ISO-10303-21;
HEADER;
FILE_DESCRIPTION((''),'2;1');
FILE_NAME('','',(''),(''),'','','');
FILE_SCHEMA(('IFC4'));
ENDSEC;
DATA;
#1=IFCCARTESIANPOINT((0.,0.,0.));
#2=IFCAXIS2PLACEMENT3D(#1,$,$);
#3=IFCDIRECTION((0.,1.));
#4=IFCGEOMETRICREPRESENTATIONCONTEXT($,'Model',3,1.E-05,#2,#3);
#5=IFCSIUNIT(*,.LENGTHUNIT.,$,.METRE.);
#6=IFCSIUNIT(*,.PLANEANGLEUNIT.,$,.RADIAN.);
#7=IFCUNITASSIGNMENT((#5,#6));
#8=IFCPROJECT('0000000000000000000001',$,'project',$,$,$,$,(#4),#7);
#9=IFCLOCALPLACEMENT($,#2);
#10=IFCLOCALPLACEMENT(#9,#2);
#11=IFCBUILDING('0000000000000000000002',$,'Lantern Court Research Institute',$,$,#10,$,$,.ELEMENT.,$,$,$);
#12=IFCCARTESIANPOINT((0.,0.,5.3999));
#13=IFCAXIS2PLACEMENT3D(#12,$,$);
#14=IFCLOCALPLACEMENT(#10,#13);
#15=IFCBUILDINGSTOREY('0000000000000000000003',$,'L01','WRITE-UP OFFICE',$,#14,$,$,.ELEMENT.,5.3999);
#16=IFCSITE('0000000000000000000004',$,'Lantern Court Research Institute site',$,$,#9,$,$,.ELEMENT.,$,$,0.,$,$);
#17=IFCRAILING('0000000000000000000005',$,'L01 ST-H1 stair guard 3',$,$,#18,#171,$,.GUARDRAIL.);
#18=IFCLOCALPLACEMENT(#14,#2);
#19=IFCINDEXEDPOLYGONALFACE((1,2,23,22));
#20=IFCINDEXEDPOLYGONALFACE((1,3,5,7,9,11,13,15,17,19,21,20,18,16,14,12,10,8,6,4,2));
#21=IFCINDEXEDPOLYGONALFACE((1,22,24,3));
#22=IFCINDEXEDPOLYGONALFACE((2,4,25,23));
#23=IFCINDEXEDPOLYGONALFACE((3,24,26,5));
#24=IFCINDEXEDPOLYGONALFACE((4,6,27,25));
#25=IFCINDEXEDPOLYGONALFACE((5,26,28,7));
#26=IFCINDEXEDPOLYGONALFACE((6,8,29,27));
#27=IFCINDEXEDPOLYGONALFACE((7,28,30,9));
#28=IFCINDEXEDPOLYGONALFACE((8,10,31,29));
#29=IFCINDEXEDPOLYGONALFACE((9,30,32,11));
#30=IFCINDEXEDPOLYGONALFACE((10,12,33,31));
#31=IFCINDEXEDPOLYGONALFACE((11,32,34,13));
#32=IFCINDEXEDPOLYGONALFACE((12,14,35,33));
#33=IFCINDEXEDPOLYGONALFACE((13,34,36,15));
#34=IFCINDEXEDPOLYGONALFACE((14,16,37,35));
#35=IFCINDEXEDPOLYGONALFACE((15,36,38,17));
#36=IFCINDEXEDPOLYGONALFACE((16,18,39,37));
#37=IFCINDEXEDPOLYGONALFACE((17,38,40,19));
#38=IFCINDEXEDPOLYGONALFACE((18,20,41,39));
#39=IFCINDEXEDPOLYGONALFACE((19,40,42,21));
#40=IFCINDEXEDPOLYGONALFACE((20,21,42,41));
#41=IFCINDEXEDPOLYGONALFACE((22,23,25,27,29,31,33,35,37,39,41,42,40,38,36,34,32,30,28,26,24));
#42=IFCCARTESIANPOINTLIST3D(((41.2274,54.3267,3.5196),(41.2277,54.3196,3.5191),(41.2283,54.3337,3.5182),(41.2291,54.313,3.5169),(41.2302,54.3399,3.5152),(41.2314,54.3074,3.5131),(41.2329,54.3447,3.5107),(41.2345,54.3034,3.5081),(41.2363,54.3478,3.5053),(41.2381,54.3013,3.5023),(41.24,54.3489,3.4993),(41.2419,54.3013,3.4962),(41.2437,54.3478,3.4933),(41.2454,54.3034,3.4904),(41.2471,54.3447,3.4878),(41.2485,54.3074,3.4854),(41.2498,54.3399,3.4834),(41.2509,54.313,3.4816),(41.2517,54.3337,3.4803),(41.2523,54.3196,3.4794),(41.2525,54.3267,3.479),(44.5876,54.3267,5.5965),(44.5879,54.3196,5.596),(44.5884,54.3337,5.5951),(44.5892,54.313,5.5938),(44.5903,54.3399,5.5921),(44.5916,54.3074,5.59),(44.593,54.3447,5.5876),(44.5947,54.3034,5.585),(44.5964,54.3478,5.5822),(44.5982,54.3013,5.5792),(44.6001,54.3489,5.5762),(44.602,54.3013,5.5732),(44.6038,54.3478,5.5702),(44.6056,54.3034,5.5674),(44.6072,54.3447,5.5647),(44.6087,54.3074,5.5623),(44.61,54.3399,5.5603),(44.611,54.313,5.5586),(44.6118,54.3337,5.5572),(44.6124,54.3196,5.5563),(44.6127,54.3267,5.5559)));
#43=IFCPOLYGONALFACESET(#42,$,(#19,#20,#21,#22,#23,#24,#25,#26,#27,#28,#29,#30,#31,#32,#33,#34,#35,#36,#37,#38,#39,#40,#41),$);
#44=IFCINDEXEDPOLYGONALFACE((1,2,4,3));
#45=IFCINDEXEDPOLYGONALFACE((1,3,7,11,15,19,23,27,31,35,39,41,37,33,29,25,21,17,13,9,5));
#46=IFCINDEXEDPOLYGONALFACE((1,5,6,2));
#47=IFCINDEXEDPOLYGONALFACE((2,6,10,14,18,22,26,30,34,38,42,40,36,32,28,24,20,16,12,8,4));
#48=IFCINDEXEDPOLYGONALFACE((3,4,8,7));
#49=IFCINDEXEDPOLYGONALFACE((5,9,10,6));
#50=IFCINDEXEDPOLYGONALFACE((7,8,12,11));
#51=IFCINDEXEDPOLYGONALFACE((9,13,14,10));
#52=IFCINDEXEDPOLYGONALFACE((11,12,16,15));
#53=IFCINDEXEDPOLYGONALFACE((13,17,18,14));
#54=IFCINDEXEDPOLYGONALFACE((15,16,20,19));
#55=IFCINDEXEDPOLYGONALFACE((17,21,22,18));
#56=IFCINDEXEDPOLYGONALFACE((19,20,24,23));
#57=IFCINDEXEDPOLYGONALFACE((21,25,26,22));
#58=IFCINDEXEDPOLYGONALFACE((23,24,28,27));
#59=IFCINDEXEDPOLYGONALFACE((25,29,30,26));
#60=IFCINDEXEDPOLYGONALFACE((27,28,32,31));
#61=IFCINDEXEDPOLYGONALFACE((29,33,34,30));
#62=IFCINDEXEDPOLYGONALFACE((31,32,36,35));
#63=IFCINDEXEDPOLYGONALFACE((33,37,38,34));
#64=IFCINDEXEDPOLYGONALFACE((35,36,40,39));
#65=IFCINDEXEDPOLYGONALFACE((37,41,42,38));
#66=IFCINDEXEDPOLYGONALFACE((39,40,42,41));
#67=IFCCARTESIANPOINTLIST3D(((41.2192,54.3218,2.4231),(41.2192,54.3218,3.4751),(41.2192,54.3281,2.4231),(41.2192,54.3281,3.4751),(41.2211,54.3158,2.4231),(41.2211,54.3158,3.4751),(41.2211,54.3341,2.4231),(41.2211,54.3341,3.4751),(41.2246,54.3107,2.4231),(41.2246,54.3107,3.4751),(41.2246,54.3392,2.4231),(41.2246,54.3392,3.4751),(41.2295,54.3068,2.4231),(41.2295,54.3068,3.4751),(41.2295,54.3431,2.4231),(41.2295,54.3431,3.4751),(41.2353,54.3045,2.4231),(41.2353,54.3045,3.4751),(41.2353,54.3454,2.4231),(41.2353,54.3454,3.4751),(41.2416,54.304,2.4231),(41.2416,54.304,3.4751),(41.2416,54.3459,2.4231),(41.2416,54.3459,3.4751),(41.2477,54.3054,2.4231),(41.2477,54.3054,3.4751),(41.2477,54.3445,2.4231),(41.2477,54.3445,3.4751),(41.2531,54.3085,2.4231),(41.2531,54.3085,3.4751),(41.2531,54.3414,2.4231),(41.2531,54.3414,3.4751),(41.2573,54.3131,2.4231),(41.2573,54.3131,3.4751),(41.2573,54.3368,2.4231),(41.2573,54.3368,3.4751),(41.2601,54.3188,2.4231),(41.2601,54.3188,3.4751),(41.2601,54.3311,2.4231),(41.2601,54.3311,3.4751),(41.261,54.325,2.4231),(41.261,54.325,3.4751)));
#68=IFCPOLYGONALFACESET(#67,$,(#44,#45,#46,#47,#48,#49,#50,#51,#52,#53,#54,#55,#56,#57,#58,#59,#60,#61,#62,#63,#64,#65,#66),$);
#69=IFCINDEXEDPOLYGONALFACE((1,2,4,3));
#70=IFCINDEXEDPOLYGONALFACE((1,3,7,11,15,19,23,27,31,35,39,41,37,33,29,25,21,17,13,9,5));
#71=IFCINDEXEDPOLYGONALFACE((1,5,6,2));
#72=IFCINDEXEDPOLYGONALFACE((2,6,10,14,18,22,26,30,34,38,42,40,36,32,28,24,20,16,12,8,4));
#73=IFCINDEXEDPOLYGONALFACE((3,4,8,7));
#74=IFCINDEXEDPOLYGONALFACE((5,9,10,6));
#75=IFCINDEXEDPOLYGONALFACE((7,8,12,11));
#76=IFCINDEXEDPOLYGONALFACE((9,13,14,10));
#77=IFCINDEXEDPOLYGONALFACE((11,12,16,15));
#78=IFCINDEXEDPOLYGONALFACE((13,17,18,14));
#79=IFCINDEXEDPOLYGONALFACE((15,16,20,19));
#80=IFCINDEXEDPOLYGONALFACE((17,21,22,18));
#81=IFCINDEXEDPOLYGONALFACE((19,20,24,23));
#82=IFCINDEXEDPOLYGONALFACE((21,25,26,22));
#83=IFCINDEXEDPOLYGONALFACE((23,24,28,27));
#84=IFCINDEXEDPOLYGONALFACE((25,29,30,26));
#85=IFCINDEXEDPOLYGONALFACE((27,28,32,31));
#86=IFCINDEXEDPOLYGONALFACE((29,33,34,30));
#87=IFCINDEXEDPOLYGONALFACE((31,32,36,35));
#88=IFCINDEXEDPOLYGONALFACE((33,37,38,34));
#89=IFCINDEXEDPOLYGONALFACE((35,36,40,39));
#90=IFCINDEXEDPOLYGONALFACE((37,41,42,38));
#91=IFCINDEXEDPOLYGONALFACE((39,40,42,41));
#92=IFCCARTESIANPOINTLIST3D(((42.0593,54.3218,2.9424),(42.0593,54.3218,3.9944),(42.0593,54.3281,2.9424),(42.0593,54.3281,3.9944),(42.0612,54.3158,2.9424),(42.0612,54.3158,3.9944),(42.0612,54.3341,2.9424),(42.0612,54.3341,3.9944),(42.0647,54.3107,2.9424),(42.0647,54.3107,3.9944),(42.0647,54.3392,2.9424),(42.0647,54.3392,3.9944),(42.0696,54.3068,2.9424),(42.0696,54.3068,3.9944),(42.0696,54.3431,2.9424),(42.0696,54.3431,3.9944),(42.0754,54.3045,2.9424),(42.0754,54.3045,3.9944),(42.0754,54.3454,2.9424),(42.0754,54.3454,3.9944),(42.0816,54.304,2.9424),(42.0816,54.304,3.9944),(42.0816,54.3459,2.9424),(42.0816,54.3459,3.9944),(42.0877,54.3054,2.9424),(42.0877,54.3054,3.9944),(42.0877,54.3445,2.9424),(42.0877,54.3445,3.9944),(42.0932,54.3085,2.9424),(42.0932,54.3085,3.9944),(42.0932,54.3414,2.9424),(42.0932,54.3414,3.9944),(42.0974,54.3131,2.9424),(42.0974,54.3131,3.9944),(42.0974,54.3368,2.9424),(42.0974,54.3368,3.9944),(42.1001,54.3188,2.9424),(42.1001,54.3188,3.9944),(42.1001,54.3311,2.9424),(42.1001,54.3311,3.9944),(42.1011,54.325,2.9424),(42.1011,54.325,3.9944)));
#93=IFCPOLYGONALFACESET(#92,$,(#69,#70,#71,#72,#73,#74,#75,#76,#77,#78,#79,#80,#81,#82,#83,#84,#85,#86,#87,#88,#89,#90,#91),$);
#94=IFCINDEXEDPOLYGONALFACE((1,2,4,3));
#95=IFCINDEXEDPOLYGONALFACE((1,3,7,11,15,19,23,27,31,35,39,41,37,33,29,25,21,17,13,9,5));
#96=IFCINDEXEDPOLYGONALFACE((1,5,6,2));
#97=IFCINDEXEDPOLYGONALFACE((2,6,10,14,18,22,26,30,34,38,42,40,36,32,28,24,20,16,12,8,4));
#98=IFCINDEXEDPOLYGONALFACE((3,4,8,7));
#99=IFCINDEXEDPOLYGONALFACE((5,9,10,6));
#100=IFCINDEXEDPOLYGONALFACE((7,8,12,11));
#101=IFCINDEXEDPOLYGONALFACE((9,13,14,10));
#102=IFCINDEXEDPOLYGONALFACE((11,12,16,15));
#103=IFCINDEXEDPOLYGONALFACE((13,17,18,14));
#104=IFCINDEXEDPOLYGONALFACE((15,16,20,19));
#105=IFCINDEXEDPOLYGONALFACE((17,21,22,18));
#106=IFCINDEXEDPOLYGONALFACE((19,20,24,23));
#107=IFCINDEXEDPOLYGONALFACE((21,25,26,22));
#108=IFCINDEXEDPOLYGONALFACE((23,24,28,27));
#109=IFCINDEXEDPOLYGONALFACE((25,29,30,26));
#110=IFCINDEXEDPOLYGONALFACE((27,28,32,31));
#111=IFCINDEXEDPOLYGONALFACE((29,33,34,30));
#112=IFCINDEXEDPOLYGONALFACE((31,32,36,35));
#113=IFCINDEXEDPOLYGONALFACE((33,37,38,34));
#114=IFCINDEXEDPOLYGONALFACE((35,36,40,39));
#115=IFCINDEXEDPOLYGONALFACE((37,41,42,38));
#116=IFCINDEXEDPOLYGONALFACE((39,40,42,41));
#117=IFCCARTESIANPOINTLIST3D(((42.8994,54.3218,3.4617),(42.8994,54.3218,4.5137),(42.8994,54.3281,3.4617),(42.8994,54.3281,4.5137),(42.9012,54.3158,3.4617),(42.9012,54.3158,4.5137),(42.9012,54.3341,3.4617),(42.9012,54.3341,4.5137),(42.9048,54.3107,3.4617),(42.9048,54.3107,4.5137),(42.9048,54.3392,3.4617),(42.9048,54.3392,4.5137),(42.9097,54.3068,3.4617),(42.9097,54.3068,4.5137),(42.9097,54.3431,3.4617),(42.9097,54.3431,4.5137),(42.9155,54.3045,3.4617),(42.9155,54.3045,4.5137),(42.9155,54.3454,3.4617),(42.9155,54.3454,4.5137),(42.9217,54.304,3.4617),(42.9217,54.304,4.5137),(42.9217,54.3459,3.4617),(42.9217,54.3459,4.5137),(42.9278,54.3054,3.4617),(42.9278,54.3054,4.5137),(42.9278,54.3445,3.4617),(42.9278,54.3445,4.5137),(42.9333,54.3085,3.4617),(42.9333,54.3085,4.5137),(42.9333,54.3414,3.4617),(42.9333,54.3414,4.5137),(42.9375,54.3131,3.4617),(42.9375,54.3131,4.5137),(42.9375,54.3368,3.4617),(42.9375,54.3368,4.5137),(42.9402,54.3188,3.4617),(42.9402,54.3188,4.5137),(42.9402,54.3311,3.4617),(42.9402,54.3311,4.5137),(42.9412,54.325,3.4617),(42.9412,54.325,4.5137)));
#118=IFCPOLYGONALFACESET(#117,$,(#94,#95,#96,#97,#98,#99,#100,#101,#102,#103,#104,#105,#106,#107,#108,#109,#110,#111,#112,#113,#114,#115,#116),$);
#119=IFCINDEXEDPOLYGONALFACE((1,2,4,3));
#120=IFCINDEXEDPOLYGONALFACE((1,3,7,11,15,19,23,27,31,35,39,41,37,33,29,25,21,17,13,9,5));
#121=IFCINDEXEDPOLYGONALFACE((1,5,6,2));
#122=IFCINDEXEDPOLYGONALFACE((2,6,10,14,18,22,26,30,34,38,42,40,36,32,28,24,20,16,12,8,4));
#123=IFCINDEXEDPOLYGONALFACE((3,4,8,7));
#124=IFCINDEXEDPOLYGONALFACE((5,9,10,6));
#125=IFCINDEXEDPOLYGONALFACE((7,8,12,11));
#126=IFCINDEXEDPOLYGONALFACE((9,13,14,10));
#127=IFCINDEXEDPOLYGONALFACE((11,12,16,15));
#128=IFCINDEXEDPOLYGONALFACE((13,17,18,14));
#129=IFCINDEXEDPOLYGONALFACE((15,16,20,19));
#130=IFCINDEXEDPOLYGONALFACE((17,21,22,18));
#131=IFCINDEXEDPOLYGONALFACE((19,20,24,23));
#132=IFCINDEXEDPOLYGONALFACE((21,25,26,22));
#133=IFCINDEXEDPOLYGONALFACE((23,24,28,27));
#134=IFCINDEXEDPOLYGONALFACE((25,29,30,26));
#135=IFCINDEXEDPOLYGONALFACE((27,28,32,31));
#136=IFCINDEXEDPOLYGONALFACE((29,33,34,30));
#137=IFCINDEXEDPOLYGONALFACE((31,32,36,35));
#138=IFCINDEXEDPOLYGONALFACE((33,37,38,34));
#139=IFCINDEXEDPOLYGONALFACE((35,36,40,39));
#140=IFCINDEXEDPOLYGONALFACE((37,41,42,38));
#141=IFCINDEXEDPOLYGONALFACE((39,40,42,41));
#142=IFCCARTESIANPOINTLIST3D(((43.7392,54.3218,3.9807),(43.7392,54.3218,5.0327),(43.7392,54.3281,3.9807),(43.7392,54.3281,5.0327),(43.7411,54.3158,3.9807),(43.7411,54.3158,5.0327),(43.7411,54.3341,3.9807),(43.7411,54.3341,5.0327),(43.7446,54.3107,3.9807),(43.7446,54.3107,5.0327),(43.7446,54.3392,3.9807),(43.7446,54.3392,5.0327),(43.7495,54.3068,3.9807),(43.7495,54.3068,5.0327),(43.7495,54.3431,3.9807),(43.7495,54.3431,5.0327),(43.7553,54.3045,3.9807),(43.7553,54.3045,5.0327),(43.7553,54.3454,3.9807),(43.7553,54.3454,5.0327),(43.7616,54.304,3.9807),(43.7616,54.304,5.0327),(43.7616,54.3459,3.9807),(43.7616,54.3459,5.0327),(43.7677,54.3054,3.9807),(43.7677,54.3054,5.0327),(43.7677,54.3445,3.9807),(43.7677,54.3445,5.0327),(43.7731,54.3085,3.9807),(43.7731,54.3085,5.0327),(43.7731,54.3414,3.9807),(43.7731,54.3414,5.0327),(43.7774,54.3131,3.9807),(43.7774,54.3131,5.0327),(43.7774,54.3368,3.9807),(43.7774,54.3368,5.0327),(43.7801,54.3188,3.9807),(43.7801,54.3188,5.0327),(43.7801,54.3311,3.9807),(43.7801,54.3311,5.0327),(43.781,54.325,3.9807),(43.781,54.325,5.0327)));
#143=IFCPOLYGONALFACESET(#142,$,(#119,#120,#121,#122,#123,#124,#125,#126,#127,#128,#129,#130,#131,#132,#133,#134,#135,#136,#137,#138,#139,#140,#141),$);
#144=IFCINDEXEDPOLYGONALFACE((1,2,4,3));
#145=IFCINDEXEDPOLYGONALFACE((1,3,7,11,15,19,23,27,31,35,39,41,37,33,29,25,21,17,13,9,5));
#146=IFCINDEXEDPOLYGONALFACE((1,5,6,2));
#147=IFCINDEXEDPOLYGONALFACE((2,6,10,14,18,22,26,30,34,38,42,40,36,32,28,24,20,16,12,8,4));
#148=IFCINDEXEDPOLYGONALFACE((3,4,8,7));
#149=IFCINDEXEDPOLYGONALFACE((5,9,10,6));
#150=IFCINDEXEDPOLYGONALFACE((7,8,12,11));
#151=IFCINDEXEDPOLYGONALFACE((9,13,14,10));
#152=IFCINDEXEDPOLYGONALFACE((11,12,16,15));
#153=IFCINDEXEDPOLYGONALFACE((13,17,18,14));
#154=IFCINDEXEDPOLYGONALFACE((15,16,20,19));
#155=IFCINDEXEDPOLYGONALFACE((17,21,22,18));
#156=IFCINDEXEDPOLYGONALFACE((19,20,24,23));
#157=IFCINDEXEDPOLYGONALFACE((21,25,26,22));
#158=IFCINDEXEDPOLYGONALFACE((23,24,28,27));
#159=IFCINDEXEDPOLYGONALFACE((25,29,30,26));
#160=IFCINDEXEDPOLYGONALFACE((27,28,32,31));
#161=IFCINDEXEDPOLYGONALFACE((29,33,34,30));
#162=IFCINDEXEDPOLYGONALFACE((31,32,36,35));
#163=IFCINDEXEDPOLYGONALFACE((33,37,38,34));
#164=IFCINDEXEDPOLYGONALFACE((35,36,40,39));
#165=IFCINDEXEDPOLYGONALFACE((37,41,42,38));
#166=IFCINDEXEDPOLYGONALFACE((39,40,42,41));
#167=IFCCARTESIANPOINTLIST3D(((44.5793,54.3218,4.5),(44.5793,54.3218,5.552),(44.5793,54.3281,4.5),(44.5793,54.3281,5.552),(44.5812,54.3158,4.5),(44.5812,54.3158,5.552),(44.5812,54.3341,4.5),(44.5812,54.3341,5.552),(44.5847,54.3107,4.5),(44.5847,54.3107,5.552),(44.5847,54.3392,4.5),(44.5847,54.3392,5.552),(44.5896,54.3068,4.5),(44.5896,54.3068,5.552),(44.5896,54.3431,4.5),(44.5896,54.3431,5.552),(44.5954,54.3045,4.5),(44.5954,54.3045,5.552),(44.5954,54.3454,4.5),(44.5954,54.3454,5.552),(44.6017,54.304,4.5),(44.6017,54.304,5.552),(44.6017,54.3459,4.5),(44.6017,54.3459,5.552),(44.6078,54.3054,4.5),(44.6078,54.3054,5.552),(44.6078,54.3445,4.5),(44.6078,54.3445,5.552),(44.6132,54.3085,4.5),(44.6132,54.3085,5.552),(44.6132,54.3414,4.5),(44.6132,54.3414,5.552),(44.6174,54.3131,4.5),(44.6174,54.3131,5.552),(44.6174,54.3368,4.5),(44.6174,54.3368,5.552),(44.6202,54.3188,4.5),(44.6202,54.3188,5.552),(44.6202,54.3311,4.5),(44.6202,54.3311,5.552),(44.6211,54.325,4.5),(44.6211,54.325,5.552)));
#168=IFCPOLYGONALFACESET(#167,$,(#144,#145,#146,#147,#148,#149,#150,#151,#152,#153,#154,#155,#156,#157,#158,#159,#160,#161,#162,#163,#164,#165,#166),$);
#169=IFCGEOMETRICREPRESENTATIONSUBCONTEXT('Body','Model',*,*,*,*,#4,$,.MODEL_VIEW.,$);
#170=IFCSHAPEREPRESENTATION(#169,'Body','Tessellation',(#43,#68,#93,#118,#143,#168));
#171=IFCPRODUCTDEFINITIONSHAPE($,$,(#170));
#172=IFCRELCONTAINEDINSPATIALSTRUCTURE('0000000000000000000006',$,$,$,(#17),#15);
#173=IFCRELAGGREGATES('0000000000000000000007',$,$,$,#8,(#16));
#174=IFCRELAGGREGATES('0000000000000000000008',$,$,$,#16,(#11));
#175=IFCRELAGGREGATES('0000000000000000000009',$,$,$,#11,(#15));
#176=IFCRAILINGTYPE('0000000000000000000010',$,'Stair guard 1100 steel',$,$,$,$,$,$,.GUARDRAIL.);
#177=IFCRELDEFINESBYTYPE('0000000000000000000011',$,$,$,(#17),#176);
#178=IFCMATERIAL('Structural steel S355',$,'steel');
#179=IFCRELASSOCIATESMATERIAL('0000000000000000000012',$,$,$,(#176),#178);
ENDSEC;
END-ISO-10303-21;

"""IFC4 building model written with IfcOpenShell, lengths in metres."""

from ifc_helpers import new_model, si_unit, direction, frame, origin, origin_2d, place, context, subcontext, project, spatial, circle, extrude, material, type_object, element, save


model = new_model("IFC4")

# Units and contexts
model_context = context("Model", 3, precision=1e-05, world=origin(), true_north=direction((0.0, 1.0)))
body_context = subcontext(model_context, "Body", "Model", "MODEL_VIEW")
ifc_project = project(units=[si_unit("LENGTHUNIT", "METRE"), si_unit("PLANEANGLEUNIT", "RADIAN")], contexts=[model_context])

# Site, building, storey
site_placement = place(None, origin())
site = spatial("IfcSite", under=ifc_project, at=site_placement, Name="Lantern Court Research Institute site", CompositionType="ELEMENT", RefElevation=0.0)
building_placement = place(site_placement, origin())
building = spatial("IfcBuilding", under=site, at=building_placement, Name="Lantern Court Research Institute", CompositionType="ELEMENT")
storey_placement = place(building_placement, frame((0.0, 0.0, 5.3999)))
storey = spatial("IfcBuildingStorey", under=building, at=storey_placement, Name="L01", Description="WRITE-UP OFFICE", CompositionType="ELEMENT", Elevation=5.3999)

# Railing
ifc_material_1 = material(Name="Structural steel S355", Category="steel")
railing_type_1 = type_object("IfcRailingType", Name="Stair guard 1100 steel", PredefinedType="GUARDRAIL", material=ifc_material_1)
railing_1_placement = place(storey_placement, frame((41.24, 54.325, 2.4231)))
element("IfcRailing", 1, at=railing_1_placement, inside=storey, type_object=railing_type_1, Name="L01 ST-H1 stair guard 3", PredefinedType="GUARDRAIL", context=body_context, shape_type="SweptSolid", body=[
    extrude(circle(Radius=0.0239, at=origin_2d()), frame((0.0, 0.0, 1.0762), z_axis=(0.850623, 0.0, 0.525776), x_axis=(0.0, 1.0, 0.0)), (0.0, 0.0, 1.0), 3.9502),
    extrude(circle(Radius=0.021, at=origin_2d()), origin(), (0.0, 0.0, 1.0), 1.052),
    extrude(circle(Radius=0.021, at=origin_2d()), frame((0.8401, 0.0, 0.5193)), (0.0, 0.0, 1.0), 1.052),
    extrude(circle(Radius=0.021, at=origin_2d()), frame((1.6802, 0.0, 1.0386)), (0.0, 0.0, 1.0), 1.052),
    extrude(circle(Radius=0.021, at=origin_2d()), frame((2.52, 0.0, 1.5576)), (0.0, 0.0, 1.0), 1.052),
    extrude(circle(Radius=0.021, at=origin_2d()), frame((3.3601, 0.0, 2.0769)), (0.0, 0.0, 1.0), 1.052),
])

save(model, "model.ifc")
